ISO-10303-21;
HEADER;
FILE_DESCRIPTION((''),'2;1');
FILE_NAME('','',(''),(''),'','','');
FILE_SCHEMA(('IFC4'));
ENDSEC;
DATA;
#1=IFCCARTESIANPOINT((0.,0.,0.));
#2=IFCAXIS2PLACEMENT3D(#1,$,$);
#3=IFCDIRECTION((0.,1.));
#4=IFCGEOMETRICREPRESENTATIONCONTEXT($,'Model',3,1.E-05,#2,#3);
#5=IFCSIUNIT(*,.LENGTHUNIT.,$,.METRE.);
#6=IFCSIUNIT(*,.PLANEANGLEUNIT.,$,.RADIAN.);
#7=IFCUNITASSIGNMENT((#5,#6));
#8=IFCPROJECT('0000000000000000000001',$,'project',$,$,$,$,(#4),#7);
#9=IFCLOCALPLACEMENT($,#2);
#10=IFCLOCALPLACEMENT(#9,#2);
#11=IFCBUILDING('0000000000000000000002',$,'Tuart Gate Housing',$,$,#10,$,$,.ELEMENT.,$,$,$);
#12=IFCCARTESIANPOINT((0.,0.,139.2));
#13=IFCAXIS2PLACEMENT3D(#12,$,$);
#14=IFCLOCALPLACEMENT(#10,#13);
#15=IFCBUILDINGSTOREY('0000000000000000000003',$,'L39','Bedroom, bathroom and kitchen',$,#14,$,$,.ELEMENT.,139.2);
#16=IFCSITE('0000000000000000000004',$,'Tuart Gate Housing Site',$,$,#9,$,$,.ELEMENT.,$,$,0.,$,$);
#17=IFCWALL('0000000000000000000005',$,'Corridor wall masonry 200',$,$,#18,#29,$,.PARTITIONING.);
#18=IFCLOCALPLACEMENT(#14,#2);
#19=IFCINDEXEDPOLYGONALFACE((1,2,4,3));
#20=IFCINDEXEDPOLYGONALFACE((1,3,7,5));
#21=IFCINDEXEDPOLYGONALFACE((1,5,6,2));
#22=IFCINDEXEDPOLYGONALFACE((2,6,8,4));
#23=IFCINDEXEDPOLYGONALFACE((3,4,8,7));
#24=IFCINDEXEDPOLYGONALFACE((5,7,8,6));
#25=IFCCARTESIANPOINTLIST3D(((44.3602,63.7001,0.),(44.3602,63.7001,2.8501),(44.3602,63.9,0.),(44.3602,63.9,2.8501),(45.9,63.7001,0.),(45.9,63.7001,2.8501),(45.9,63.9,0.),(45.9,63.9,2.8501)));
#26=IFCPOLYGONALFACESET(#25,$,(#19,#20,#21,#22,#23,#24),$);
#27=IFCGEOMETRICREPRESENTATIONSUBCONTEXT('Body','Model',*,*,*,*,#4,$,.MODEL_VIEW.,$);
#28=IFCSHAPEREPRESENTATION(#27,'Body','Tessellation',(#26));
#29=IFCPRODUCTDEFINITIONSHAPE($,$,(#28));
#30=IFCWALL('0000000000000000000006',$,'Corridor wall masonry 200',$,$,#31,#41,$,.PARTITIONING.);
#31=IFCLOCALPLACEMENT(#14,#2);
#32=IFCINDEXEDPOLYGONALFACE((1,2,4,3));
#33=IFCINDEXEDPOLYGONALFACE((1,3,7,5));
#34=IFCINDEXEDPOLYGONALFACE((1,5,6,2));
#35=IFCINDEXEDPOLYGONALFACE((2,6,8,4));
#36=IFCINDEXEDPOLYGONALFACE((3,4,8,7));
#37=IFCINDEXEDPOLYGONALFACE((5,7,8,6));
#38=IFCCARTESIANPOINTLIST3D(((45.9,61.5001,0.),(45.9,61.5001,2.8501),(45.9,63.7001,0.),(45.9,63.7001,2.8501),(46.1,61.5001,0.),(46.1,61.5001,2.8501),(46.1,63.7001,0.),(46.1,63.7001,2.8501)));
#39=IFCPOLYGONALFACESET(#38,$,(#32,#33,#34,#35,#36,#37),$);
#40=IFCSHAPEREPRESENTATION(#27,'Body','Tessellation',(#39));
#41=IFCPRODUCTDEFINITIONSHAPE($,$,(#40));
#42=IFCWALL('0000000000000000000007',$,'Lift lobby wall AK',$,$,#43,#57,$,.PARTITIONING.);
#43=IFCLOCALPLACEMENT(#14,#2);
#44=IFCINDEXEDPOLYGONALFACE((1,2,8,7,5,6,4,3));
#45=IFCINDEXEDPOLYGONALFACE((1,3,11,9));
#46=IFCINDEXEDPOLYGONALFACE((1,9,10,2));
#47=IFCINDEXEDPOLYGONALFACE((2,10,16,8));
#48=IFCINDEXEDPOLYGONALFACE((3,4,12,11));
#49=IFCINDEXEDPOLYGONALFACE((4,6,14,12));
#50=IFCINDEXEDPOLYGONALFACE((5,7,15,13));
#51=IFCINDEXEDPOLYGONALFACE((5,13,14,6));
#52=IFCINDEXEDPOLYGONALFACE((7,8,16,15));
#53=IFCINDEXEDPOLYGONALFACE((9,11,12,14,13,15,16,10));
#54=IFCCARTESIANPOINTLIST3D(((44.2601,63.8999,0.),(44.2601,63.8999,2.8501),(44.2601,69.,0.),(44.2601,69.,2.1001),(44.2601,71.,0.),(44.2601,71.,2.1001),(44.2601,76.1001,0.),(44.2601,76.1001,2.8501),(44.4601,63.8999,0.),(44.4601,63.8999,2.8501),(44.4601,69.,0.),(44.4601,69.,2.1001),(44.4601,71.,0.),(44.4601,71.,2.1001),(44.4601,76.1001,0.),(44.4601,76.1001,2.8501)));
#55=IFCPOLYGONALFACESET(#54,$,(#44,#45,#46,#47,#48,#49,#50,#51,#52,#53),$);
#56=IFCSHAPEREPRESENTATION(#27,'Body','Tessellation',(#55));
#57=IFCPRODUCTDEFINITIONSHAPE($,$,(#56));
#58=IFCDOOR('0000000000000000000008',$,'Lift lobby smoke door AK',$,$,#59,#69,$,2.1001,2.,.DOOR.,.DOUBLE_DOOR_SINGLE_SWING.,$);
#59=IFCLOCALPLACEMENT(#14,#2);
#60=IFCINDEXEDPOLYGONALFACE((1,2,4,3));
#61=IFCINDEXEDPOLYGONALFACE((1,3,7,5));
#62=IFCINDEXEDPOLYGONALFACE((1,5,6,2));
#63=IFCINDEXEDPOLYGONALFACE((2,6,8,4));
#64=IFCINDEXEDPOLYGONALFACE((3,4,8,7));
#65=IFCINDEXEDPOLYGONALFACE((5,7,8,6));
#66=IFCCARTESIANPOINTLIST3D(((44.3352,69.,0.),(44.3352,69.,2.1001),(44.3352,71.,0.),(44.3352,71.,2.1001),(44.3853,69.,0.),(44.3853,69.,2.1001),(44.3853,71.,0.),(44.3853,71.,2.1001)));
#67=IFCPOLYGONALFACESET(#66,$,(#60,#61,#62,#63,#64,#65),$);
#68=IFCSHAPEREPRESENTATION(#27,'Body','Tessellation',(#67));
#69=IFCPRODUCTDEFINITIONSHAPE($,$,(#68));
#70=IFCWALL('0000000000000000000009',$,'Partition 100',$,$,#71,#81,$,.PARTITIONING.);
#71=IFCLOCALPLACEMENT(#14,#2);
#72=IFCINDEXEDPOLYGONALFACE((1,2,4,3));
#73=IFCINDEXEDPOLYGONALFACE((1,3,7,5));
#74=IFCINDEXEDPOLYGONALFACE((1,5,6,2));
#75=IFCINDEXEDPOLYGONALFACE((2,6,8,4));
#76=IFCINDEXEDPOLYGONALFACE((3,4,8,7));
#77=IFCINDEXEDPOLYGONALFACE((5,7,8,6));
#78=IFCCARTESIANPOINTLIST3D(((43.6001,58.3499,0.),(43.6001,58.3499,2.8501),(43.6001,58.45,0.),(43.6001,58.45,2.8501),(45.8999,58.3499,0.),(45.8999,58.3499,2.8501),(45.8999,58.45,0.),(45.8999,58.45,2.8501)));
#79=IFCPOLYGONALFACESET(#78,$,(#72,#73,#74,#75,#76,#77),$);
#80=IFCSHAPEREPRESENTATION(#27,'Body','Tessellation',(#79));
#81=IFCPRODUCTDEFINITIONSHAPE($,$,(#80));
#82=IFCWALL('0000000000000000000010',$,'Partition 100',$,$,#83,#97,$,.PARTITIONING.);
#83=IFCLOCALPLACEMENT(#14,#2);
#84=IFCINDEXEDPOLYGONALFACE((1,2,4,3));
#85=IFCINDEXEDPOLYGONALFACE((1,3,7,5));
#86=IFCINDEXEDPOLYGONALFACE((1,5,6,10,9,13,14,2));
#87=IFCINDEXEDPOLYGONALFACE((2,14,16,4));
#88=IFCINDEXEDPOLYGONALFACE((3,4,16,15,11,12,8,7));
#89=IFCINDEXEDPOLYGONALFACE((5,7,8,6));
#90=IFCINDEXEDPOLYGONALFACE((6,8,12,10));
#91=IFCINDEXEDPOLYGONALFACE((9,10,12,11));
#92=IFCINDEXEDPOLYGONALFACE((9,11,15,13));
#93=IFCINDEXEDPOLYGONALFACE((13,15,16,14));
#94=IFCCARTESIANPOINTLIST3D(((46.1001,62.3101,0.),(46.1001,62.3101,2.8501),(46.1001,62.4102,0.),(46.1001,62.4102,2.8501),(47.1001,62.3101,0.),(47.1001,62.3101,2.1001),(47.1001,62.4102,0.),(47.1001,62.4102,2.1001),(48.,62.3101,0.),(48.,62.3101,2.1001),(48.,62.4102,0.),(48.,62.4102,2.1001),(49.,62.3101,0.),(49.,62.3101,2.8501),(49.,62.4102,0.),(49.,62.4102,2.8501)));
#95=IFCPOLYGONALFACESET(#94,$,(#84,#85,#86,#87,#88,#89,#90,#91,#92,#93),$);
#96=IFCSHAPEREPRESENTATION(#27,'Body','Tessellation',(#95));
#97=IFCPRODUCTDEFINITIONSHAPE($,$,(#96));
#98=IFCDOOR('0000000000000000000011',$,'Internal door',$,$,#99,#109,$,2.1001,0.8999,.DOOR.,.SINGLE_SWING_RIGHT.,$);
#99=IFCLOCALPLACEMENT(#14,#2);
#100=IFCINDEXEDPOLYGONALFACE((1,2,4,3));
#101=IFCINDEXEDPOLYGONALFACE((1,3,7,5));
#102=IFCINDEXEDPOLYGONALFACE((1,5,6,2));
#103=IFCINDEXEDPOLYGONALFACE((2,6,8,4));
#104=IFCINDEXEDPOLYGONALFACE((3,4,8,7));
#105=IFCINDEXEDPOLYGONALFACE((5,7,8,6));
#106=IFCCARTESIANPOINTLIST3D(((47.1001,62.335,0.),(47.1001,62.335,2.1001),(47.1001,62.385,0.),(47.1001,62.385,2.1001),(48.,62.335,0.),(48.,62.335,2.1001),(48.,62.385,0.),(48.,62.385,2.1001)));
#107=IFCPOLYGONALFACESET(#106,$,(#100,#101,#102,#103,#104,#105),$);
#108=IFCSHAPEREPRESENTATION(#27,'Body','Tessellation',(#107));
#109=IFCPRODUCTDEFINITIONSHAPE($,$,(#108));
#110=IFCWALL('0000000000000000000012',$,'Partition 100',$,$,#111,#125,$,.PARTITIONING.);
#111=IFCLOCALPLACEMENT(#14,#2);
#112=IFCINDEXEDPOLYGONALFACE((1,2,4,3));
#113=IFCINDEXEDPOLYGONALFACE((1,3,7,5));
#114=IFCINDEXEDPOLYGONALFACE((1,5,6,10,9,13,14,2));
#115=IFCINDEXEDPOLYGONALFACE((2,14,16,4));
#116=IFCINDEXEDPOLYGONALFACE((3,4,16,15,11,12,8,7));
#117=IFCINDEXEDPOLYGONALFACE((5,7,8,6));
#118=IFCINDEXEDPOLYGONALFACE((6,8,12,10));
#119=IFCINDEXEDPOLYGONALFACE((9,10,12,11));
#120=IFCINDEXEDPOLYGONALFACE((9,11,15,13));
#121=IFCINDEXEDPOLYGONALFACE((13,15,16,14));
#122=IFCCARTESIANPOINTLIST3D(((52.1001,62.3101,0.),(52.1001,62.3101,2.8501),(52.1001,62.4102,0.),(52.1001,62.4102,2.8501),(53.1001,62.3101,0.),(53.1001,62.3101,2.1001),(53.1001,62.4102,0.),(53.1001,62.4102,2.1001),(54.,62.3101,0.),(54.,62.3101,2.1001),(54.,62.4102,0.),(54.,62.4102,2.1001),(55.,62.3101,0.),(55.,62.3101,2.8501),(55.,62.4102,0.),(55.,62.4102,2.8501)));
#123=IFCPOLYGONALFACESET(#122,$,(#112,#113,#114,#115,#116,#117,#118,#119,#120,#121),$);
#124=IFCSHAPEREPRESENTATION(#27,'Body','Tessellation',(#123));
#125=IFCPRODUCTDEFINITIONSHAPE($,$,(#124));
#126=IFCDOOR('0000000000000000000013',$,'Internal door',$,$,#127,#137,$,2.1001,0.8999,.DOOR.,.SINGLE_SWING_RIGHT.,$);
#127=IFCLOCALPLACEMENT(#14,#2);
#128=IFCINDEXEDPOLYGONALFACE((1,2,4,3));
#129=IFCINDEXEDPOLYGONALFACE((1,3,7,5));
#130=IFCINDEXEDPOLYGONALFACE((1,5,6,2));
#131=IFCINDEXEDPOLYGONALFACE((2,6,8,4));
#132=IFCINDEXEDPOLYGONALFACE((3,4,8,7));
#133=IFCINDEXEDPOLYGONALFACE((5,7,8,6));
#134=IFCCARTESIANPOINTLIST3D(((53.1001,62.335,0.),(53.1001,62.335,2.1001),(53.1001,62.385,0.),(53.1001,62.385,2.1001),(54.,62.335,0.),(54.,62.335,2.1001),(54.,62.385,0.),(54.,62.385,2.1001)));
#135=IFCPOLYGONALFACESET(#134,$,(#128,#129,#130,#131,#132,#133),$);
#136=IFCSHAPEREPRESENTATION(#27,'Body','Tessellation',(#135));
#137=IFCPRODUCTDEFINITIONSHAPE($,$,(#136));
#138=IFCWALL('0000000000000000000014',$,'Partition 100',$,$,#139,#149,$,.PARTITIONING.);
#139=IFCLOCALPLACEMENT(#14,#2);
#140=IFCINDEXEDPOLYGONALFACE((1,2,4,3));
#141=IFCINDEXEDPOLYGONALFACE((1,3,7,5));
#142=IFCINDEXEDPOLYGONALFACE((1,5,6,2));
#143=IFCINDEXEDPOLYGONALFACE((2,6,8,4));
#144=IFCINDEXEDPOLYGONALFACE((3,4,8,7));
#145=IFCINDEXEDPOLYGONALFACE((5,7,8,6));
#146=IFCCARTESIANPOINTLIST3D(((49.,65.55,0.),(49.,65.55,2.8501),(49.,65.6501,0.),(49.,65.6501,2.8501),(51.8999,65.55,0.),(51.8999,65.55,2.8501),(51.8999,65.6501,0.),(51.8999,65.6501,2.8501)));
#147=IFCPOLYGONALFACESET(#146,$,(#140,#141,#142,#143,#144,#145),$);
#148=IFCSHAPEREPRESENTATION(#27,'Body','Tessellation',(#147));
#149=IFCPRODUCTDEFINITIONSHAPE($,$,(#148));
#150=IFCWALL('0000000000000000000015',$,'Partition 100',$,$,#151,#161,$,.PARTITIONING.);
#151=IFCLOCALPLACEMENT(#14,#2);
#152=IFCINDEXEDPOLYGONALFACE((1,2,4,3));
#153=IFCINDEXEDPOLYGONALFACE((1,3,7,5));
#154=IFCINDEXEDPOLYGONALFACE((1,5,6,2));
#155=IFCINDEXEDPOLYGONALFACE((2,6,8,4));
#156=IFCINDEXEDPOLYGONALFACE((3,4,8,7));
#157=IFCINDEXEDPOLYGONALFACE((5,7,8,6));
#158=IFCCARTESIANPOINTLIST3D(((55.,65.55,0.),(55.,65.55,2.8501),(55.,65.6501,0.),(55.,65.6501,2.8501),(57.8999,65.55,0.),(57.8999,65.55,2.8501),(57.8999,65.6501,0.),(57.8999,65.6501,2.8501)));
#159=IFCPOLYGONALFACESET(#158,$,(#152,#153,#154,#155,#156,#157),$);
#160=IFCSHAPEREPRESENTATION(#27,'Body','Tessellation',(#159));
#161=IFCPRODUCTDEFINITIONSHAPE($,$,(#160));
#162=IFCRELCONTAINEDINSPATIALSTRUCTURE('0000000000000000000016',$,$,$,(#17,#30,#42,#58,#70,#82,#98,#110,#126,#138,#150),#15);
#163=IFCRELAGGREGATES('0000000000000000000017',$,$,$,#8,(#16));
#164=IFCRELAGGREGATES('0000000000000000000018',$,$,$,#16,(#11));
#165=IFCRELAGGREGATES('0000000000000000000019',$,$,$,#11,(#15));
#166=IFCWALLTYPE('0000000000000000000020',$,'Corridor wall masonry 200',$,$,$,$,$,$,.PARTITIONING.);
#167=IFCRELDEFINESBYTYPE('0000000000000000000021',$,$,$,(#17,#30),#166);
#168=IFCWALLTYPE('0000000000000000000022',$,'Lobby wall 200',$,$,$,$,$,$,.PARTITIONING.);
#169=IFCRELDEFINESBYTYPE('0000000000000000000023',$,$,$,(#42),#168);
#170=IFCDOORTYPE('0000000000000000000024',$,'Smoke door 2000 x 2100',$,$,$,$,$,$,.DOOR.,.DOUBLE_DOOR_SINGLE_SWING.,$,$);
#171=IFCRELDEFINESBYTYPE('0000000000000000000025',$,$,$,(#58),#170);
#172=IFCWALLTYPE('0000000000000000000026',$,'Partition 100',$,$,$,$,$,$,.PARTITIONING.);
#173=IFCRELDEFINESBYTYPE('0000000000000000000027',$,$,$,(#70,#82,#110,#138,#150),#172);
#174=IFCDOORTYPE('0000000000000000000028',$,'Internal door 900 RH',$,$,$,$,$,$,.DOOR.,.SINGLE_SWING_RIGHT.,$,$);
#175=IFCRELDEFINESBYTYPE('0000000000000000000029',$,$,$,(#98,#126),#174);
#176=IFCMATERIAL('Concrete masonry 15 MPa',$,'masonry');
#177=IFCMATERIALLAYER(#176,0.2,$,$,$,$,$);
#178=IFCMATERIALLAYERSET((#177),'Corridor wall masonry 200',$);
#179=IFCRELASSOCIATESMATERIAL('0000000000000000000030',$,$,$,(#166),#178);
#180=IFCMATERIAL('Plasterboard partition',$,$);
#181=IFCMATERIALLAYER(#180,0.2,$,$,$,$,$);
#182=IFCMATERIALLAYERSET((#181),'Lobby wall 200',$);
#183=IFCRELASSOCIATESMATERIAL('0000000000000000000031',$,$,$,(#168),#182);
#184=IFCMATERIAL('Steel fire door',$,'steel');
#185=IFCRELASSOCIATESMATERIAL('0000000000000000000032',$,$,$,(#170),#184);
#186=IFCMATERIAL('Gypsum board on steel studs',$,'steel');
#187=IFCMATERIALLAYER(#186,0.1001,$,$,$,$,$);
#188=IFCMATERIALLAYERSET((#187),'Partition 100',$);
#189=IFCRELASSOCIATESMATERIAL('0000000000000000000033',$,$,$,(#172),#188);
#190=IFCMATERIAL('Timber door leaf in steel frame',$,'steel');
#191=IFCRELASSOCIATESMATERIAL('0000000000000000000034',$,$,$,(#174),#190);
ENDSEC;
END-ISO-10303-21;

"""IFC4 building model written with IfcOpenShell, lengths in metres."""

from ifc_helpers import new_model, si_unit, direction, frame, frame_2d, origin, place, context, subcontext, project, spatial, rectangle, extrude, material, layer, layer_set, type_object, element, fill, save


model = new_model("IFC4")

# Units and contexts
model_context = context("Model", 3, precision=1e-05, world=origin(), true_north=direction((0.0, 1.0)))
body_context = subcontext(model_context, "Body", "Model", "MODEL_VIEW")
ifc_project = project(units=[si_unit("LENGTHUNIT", "METRE"), si_unit("PLANEANGLEUNIT", "RADIAN")], contexts=[model_context])

# Site, building, storey
site_placement = place(None, origin())
site = spatial("IfcSite", under=ifc_project, at=site_placement, Name="Tuart Gate Housing Site", CompositionType="ELEMENT", RefElevation=0.0)
building_placement = place(site_placement, origin())
building = spatial("IfcBuilding", under=site, at=building_placement, Name="Tuart Gate Housing", CompositionType="ELEMENT")
storey_placement = place(building_placement, frame((0.0, 0.0, 139.2)))
storey = spatial("IfcBuildingStorey", under=building, at=storey_placement, Name="L39", Description="Bedroom, bathroom and kitchen", CompositionType="ELEMENT", Elevation=139.2)

# Walls
ifc_material_1 = material(Name="Concrete masonry 15 MPa", Category="masonry")
ifc_layer_1 = layer(ifc_material_1, 0.2)
ifc_layer_set_1 = layer_set([ifc_layer_1], Name="Corridor wall masonry 200")
wall_type_1 = type_object("IfcWallType", Name="Corridor wall masonry 200", PredefinedType="PARTITIONING", material=ifc_layer_set_1)
wall_1_placement = place(storey_placement, frame((44.3601, 63.8, 0.0), z_axis=(0.0, 0.0, 1.0), x_axis=(1.0, 0.0, 0.0)))
element("IfcWall", 1, at=wall_1_placement, inside=storey, type_object=wall_type_1, Name="Corridor wall masonry 200", PredefinedType="PARTITIONING", context=body_context, shape_type="SweptSolid", body=[
    extrude(rectangle(XDim=1.5398, YDim=0.2, at=frame_2d((0.77, 0.0))), origin(), (0.0, 0.0, 1.0), 2.8501),
])
wall_2_placement = place(storey_placement, frame((46.0, 61.5, 0.0), z_axis=(0.0, 0.0, 1.0), x_axis=(0.0, 1.0, 0.0)))
element("IfcWall", 2, at=wall_2_placement, inside=storey, type_object=wall_type_1, Name="Corridor wall masonry 200", PredefinedType="PARTITIONING", context=body_context, shape_type="SweptSolid", body=[
    extrude(rectangle(XDim=2.2, YDim=0.2, at=frame_2d((1.1001, 0.0))), origin(), (0.0, 0.0, 1.0), 2.8501),
])

# Wall, opening, door
ifc_material_2 = material(Name="Plasterboard partition")
ifc_layer_2 = layer(ifc_material_2, 0.2)
ifc_layer_set_2 = layer_set([ifc_layer_2], Name="Lobby wall 200")
wall_type_2 = type_object("IfcWallType", Name="Lobby wall 200", PredefinedType="PARTITIONING", material=ifc_layer_set_2)
wall_3_placement = place(storey_placement, frame((44.3601, 63.8999, 0.0), z_axis=(0.0, 0.0, 1.0), x_axis=(0.0, 1.0, 0.0)))
wall_3 = element("IfcWall", 3, at=wall_3_placement, inside=storey, type_object=wall_type_2, Name="Lift lobby wall AK", PredefinedType="PARTITIONING", context=body_context, shape_type="SweptSolid", body=[
    extrude(rectangle(XDim=12.2002, YDim=0.2, at=frame_2d((6.1001, 0.0))), origin(), (0.0, 0.0, 1.0), 2.8501),
])
opening_1_placement = place(wall_3_placement, frame((5.1001, 0.0, 0.0)))
opening_1 = element("IfcOpeningElement", 4, at=opening_1_placement, cuts=wall_3, PredefinedType="OPENING", context=body_context, shape_type="SweptSolid", body=[
    extrude(rectangle(XDim=2.0, YDim=2.1001, at=frame_2d((1.0, 1.05))), frame((0.0, 0.1099, 0.0), z_axis=(0.0, -1.0, 0.0), x_axis=(1.0, 0.0, 0.0)), (0.0, 0.0, 1.0), 0.22),
])
ifc_material_3 = material(Name="Steel fire door", Category="steel")
door_type_1 = type_object("IfcDoorType", Name="Smoke door 2000 x 2100", OperationType="DOUBLE_DOOR_SINGLE_SWING", PredefinedType="DOOR", material=ifc_material_3)
door_1_placement = place(opening_1_placement, origin())
door_1 = element("IfcDoor", 5, at=door_1_placement, inside=storey, type_object=door_type_1, Name="Lift lobby smoke door AK", OperationType="DOUBLE_DOOR_SINGLE_SWING", OverallHeight=2.1001, OverallWidth=2.0, PredefinedType="DOOR", context=body_context, shape_type="SweptSolid", body=[
    extrude(rectangle(XDim=2.0, YDim=2.1001, at=frame_2d((1.0, 1.05))), frame((0.0, 0.0249, 0.0), z_axis=(0.0, -1.0, 0.0), x_axis=(1.0, 0.0, 0.0)), (0.0, 0.0, 1.0), 0.05),
])
fill(opening_1, door_1)

# Wall
ifc_material_4 = material(Name="Gypsum board on steel studs", Category="steel")
ifc_layer_3 = layer(ifc_material_4, 0.1001)
ifc_layer_set_3 = layer_set([ifc_layer_3], Name="Partition 100")
wall_type_3 = type_object("IfcWallType", Name="Partition 100", PredefinedType="PARTITIONING", material=ifc_layer_set_3)
wall_4_placement = place(storey_placement, frame((43.6001, 58.3999, 0.0), z_axis=(0.0, 0.0, 1.0), x_axis=(1.0, 0.0, 0.0)))
element("IfcWall", 6, at=wall_4_placement, inside=storey, type_object=wall_type_3, Name="Partition 100", PredefinedType="PARTITIONING", context=body_context, shape_type="SweptSolid", body=[
    extrude(rectangle(XDim=2.2998, YDim=0.1001, at=frame_2d((1.1499, 0.0))), origin(), (0.0, 0.0, 1.0), 2.8501),
])

# Walls, openings, doors
wall_5_placement = place(storey_placement, frame((46.1001, 62.3601, 0.0), z_axis=(0.0, 0.0, 1.0), x_axis=(1.0, 0.0, 0.0)))
wall_5 = element("IfcWall", 7, at=wall_5_placement, inside=storey, type_object=wall_type_3, Name="Partition 100", PredefinedType="PARTITIONING", context=body_context, shape_type="SweptSolid", body=[
    extrude(rectangle(XDim=2.8999, YDim=0.1001, at=frame_2d((1.45, 0.0))), origin(), (0.0, 0.0, 1.0), 2.8501),
])
opening_2_placement = place(wall_5_placement, frame((1.0, 0.0, 0.0)))
opening_2 = element("IfcOpeningElement", 8, at=opening_2_placement, cuts=wall_5, PredefinedType="OPENING", context=body_context, shape_type="SweptSolid", body=[
    extrude(rectangle(XDim=0.8999, YDim=2.1001, at=frame_2d((0.45, 1.05))), frame((0.0, 0.0601, 0.0), z_axis=(0.0, -1.0, 0.0), x_axis=(1.0, 0.0, 0.0)), (0.0, 0.0, 1.0), 0.1201),
])
ifc_material_5 = material(Name="Timber door leaf in steel frame", Category="steel")
door_type_2 = type_object("IfcDoorType", Name="Internal door 900 RH", OperationType="SINGLE_SWING_RIGHT", PredefinedType="DOOR", material=ifc_material_5)
door_2_placement = place(opening_2_placement, origin())
door_2 = element("IfcDoor", 9, at=door_2_placement, inside=storey, type_object=door_type_2, Name="Internal door", OperationType="SINGLE_SWING_RIGHT", OverallHeight=2.1001, OverallWidth=0.8999, PredefinedType="DOOR", context=body_context, shape_type="SweptSolid", body=[
    extrude(rectangle(XDim=0.8999, YDim=2.1001, at=frame_2d((0.45, 1.05))), frame((0.0, 0.0249, 0.0), z_axis=(0.0, -1.0, 0.0), x_axis=(1.0, 0.0, 0.0)), (0.0, 0.0, 1.0), 0.05),
])
fill(opening_2, door_2)
wall_6_placement = place(storey_placement, frame((52.1001, 62.3601, 0.0), z_axis=(0.0, 0.0, 1.0), x_axis=(1.0, 0.0, 0.0)))
wall_6 = element("IfcWall", 10, at=wall_6_placement, inside=storey, type_object=wall_type_3, Name="Partition 100", PredefinedType="PARTITIONING", context=body_context, shape_type="SweptSolid", body=[
    extrude(rectangle(XDim=2.8999, YDim=0.1001, at=frame_2d((1.45, 0.0))), origin(), (0.0, 0.0, 1.0), 2.8501),
])
opening_3_placement = place(wall_6_placement, frame((1.0, 0.0, 0.0)))
opening_3 = element("IfcOpeningElement", 11, at=opening_3_placement, cuts=wall_6, PredefinedType="OPENING", context=body_context, shape_type="SweptSolid", body=[
    extrude(rectangle(XDim=0.8999, YDim=2.1001, at=frame_2d((0.45, 1.05))), frame((0.0, 0.0601, 0.0), z_axis=(0.0, -1.0, 0.0), x_axis=(1.0, 0.0, 0.0)), (0.0, 0.0, 1.0), 0.1201),
])
door_3_placement = place(opening_3_placement, origin())
door_3 = element("IfcDoor", 12, at=door_3_placement, inside=storey, type_object=door_type_2, Name="Internal door", OperationType="SINGLE_SWING_RIGHT", OverallHeight=2.1001, OverallWidth=0.8999, PredefinedType="DOOR", context=body_context, shape_type="SweptSolid", body=[
    extrude(rectangle(XDim=0.8999, YDim=2.1001, at=frame_2d((0.45, 1.05))), frame((0.0, 0.0249, 0.0), z_axis=(0.0, -1.0, 0.0), x_axis=(1.0, 0.0, 0.0)), (0.0, 0.0, 1.0), 0.05),
])
fill(opening_3, door_3)

# Walls
for number, where, z_axis, x_axis, name in (
    (13, (49.0, 65.6001, 0.0), (0.0, 0.0, 1.0), (1.0, 0.0, 0.0), "Partition 100"),
    (14, (55.0, 65.6001, 0.0), (0.0, 0.0, 1.0), (1.0, 0.0, 0.0), "Partition 100"),
):
    element("IfcWall", number, at=place(storey_placement, frame(where, z_axis=z_axis, x_axis=x_axis)), inside=storey, type_object=wall_type_3, Name=name, PredefinedType="PARTITIONING", context=body_context, shape_type="SweptSolid", body=[
        extrude(rectangle(XDim=2.8999, YDim=0.1001, at=frame_2d((1.45, 0.0))), origin(), (0.0, 0.0, 1.0), 2.8501),
    ])

save(model, "model.ifc")
